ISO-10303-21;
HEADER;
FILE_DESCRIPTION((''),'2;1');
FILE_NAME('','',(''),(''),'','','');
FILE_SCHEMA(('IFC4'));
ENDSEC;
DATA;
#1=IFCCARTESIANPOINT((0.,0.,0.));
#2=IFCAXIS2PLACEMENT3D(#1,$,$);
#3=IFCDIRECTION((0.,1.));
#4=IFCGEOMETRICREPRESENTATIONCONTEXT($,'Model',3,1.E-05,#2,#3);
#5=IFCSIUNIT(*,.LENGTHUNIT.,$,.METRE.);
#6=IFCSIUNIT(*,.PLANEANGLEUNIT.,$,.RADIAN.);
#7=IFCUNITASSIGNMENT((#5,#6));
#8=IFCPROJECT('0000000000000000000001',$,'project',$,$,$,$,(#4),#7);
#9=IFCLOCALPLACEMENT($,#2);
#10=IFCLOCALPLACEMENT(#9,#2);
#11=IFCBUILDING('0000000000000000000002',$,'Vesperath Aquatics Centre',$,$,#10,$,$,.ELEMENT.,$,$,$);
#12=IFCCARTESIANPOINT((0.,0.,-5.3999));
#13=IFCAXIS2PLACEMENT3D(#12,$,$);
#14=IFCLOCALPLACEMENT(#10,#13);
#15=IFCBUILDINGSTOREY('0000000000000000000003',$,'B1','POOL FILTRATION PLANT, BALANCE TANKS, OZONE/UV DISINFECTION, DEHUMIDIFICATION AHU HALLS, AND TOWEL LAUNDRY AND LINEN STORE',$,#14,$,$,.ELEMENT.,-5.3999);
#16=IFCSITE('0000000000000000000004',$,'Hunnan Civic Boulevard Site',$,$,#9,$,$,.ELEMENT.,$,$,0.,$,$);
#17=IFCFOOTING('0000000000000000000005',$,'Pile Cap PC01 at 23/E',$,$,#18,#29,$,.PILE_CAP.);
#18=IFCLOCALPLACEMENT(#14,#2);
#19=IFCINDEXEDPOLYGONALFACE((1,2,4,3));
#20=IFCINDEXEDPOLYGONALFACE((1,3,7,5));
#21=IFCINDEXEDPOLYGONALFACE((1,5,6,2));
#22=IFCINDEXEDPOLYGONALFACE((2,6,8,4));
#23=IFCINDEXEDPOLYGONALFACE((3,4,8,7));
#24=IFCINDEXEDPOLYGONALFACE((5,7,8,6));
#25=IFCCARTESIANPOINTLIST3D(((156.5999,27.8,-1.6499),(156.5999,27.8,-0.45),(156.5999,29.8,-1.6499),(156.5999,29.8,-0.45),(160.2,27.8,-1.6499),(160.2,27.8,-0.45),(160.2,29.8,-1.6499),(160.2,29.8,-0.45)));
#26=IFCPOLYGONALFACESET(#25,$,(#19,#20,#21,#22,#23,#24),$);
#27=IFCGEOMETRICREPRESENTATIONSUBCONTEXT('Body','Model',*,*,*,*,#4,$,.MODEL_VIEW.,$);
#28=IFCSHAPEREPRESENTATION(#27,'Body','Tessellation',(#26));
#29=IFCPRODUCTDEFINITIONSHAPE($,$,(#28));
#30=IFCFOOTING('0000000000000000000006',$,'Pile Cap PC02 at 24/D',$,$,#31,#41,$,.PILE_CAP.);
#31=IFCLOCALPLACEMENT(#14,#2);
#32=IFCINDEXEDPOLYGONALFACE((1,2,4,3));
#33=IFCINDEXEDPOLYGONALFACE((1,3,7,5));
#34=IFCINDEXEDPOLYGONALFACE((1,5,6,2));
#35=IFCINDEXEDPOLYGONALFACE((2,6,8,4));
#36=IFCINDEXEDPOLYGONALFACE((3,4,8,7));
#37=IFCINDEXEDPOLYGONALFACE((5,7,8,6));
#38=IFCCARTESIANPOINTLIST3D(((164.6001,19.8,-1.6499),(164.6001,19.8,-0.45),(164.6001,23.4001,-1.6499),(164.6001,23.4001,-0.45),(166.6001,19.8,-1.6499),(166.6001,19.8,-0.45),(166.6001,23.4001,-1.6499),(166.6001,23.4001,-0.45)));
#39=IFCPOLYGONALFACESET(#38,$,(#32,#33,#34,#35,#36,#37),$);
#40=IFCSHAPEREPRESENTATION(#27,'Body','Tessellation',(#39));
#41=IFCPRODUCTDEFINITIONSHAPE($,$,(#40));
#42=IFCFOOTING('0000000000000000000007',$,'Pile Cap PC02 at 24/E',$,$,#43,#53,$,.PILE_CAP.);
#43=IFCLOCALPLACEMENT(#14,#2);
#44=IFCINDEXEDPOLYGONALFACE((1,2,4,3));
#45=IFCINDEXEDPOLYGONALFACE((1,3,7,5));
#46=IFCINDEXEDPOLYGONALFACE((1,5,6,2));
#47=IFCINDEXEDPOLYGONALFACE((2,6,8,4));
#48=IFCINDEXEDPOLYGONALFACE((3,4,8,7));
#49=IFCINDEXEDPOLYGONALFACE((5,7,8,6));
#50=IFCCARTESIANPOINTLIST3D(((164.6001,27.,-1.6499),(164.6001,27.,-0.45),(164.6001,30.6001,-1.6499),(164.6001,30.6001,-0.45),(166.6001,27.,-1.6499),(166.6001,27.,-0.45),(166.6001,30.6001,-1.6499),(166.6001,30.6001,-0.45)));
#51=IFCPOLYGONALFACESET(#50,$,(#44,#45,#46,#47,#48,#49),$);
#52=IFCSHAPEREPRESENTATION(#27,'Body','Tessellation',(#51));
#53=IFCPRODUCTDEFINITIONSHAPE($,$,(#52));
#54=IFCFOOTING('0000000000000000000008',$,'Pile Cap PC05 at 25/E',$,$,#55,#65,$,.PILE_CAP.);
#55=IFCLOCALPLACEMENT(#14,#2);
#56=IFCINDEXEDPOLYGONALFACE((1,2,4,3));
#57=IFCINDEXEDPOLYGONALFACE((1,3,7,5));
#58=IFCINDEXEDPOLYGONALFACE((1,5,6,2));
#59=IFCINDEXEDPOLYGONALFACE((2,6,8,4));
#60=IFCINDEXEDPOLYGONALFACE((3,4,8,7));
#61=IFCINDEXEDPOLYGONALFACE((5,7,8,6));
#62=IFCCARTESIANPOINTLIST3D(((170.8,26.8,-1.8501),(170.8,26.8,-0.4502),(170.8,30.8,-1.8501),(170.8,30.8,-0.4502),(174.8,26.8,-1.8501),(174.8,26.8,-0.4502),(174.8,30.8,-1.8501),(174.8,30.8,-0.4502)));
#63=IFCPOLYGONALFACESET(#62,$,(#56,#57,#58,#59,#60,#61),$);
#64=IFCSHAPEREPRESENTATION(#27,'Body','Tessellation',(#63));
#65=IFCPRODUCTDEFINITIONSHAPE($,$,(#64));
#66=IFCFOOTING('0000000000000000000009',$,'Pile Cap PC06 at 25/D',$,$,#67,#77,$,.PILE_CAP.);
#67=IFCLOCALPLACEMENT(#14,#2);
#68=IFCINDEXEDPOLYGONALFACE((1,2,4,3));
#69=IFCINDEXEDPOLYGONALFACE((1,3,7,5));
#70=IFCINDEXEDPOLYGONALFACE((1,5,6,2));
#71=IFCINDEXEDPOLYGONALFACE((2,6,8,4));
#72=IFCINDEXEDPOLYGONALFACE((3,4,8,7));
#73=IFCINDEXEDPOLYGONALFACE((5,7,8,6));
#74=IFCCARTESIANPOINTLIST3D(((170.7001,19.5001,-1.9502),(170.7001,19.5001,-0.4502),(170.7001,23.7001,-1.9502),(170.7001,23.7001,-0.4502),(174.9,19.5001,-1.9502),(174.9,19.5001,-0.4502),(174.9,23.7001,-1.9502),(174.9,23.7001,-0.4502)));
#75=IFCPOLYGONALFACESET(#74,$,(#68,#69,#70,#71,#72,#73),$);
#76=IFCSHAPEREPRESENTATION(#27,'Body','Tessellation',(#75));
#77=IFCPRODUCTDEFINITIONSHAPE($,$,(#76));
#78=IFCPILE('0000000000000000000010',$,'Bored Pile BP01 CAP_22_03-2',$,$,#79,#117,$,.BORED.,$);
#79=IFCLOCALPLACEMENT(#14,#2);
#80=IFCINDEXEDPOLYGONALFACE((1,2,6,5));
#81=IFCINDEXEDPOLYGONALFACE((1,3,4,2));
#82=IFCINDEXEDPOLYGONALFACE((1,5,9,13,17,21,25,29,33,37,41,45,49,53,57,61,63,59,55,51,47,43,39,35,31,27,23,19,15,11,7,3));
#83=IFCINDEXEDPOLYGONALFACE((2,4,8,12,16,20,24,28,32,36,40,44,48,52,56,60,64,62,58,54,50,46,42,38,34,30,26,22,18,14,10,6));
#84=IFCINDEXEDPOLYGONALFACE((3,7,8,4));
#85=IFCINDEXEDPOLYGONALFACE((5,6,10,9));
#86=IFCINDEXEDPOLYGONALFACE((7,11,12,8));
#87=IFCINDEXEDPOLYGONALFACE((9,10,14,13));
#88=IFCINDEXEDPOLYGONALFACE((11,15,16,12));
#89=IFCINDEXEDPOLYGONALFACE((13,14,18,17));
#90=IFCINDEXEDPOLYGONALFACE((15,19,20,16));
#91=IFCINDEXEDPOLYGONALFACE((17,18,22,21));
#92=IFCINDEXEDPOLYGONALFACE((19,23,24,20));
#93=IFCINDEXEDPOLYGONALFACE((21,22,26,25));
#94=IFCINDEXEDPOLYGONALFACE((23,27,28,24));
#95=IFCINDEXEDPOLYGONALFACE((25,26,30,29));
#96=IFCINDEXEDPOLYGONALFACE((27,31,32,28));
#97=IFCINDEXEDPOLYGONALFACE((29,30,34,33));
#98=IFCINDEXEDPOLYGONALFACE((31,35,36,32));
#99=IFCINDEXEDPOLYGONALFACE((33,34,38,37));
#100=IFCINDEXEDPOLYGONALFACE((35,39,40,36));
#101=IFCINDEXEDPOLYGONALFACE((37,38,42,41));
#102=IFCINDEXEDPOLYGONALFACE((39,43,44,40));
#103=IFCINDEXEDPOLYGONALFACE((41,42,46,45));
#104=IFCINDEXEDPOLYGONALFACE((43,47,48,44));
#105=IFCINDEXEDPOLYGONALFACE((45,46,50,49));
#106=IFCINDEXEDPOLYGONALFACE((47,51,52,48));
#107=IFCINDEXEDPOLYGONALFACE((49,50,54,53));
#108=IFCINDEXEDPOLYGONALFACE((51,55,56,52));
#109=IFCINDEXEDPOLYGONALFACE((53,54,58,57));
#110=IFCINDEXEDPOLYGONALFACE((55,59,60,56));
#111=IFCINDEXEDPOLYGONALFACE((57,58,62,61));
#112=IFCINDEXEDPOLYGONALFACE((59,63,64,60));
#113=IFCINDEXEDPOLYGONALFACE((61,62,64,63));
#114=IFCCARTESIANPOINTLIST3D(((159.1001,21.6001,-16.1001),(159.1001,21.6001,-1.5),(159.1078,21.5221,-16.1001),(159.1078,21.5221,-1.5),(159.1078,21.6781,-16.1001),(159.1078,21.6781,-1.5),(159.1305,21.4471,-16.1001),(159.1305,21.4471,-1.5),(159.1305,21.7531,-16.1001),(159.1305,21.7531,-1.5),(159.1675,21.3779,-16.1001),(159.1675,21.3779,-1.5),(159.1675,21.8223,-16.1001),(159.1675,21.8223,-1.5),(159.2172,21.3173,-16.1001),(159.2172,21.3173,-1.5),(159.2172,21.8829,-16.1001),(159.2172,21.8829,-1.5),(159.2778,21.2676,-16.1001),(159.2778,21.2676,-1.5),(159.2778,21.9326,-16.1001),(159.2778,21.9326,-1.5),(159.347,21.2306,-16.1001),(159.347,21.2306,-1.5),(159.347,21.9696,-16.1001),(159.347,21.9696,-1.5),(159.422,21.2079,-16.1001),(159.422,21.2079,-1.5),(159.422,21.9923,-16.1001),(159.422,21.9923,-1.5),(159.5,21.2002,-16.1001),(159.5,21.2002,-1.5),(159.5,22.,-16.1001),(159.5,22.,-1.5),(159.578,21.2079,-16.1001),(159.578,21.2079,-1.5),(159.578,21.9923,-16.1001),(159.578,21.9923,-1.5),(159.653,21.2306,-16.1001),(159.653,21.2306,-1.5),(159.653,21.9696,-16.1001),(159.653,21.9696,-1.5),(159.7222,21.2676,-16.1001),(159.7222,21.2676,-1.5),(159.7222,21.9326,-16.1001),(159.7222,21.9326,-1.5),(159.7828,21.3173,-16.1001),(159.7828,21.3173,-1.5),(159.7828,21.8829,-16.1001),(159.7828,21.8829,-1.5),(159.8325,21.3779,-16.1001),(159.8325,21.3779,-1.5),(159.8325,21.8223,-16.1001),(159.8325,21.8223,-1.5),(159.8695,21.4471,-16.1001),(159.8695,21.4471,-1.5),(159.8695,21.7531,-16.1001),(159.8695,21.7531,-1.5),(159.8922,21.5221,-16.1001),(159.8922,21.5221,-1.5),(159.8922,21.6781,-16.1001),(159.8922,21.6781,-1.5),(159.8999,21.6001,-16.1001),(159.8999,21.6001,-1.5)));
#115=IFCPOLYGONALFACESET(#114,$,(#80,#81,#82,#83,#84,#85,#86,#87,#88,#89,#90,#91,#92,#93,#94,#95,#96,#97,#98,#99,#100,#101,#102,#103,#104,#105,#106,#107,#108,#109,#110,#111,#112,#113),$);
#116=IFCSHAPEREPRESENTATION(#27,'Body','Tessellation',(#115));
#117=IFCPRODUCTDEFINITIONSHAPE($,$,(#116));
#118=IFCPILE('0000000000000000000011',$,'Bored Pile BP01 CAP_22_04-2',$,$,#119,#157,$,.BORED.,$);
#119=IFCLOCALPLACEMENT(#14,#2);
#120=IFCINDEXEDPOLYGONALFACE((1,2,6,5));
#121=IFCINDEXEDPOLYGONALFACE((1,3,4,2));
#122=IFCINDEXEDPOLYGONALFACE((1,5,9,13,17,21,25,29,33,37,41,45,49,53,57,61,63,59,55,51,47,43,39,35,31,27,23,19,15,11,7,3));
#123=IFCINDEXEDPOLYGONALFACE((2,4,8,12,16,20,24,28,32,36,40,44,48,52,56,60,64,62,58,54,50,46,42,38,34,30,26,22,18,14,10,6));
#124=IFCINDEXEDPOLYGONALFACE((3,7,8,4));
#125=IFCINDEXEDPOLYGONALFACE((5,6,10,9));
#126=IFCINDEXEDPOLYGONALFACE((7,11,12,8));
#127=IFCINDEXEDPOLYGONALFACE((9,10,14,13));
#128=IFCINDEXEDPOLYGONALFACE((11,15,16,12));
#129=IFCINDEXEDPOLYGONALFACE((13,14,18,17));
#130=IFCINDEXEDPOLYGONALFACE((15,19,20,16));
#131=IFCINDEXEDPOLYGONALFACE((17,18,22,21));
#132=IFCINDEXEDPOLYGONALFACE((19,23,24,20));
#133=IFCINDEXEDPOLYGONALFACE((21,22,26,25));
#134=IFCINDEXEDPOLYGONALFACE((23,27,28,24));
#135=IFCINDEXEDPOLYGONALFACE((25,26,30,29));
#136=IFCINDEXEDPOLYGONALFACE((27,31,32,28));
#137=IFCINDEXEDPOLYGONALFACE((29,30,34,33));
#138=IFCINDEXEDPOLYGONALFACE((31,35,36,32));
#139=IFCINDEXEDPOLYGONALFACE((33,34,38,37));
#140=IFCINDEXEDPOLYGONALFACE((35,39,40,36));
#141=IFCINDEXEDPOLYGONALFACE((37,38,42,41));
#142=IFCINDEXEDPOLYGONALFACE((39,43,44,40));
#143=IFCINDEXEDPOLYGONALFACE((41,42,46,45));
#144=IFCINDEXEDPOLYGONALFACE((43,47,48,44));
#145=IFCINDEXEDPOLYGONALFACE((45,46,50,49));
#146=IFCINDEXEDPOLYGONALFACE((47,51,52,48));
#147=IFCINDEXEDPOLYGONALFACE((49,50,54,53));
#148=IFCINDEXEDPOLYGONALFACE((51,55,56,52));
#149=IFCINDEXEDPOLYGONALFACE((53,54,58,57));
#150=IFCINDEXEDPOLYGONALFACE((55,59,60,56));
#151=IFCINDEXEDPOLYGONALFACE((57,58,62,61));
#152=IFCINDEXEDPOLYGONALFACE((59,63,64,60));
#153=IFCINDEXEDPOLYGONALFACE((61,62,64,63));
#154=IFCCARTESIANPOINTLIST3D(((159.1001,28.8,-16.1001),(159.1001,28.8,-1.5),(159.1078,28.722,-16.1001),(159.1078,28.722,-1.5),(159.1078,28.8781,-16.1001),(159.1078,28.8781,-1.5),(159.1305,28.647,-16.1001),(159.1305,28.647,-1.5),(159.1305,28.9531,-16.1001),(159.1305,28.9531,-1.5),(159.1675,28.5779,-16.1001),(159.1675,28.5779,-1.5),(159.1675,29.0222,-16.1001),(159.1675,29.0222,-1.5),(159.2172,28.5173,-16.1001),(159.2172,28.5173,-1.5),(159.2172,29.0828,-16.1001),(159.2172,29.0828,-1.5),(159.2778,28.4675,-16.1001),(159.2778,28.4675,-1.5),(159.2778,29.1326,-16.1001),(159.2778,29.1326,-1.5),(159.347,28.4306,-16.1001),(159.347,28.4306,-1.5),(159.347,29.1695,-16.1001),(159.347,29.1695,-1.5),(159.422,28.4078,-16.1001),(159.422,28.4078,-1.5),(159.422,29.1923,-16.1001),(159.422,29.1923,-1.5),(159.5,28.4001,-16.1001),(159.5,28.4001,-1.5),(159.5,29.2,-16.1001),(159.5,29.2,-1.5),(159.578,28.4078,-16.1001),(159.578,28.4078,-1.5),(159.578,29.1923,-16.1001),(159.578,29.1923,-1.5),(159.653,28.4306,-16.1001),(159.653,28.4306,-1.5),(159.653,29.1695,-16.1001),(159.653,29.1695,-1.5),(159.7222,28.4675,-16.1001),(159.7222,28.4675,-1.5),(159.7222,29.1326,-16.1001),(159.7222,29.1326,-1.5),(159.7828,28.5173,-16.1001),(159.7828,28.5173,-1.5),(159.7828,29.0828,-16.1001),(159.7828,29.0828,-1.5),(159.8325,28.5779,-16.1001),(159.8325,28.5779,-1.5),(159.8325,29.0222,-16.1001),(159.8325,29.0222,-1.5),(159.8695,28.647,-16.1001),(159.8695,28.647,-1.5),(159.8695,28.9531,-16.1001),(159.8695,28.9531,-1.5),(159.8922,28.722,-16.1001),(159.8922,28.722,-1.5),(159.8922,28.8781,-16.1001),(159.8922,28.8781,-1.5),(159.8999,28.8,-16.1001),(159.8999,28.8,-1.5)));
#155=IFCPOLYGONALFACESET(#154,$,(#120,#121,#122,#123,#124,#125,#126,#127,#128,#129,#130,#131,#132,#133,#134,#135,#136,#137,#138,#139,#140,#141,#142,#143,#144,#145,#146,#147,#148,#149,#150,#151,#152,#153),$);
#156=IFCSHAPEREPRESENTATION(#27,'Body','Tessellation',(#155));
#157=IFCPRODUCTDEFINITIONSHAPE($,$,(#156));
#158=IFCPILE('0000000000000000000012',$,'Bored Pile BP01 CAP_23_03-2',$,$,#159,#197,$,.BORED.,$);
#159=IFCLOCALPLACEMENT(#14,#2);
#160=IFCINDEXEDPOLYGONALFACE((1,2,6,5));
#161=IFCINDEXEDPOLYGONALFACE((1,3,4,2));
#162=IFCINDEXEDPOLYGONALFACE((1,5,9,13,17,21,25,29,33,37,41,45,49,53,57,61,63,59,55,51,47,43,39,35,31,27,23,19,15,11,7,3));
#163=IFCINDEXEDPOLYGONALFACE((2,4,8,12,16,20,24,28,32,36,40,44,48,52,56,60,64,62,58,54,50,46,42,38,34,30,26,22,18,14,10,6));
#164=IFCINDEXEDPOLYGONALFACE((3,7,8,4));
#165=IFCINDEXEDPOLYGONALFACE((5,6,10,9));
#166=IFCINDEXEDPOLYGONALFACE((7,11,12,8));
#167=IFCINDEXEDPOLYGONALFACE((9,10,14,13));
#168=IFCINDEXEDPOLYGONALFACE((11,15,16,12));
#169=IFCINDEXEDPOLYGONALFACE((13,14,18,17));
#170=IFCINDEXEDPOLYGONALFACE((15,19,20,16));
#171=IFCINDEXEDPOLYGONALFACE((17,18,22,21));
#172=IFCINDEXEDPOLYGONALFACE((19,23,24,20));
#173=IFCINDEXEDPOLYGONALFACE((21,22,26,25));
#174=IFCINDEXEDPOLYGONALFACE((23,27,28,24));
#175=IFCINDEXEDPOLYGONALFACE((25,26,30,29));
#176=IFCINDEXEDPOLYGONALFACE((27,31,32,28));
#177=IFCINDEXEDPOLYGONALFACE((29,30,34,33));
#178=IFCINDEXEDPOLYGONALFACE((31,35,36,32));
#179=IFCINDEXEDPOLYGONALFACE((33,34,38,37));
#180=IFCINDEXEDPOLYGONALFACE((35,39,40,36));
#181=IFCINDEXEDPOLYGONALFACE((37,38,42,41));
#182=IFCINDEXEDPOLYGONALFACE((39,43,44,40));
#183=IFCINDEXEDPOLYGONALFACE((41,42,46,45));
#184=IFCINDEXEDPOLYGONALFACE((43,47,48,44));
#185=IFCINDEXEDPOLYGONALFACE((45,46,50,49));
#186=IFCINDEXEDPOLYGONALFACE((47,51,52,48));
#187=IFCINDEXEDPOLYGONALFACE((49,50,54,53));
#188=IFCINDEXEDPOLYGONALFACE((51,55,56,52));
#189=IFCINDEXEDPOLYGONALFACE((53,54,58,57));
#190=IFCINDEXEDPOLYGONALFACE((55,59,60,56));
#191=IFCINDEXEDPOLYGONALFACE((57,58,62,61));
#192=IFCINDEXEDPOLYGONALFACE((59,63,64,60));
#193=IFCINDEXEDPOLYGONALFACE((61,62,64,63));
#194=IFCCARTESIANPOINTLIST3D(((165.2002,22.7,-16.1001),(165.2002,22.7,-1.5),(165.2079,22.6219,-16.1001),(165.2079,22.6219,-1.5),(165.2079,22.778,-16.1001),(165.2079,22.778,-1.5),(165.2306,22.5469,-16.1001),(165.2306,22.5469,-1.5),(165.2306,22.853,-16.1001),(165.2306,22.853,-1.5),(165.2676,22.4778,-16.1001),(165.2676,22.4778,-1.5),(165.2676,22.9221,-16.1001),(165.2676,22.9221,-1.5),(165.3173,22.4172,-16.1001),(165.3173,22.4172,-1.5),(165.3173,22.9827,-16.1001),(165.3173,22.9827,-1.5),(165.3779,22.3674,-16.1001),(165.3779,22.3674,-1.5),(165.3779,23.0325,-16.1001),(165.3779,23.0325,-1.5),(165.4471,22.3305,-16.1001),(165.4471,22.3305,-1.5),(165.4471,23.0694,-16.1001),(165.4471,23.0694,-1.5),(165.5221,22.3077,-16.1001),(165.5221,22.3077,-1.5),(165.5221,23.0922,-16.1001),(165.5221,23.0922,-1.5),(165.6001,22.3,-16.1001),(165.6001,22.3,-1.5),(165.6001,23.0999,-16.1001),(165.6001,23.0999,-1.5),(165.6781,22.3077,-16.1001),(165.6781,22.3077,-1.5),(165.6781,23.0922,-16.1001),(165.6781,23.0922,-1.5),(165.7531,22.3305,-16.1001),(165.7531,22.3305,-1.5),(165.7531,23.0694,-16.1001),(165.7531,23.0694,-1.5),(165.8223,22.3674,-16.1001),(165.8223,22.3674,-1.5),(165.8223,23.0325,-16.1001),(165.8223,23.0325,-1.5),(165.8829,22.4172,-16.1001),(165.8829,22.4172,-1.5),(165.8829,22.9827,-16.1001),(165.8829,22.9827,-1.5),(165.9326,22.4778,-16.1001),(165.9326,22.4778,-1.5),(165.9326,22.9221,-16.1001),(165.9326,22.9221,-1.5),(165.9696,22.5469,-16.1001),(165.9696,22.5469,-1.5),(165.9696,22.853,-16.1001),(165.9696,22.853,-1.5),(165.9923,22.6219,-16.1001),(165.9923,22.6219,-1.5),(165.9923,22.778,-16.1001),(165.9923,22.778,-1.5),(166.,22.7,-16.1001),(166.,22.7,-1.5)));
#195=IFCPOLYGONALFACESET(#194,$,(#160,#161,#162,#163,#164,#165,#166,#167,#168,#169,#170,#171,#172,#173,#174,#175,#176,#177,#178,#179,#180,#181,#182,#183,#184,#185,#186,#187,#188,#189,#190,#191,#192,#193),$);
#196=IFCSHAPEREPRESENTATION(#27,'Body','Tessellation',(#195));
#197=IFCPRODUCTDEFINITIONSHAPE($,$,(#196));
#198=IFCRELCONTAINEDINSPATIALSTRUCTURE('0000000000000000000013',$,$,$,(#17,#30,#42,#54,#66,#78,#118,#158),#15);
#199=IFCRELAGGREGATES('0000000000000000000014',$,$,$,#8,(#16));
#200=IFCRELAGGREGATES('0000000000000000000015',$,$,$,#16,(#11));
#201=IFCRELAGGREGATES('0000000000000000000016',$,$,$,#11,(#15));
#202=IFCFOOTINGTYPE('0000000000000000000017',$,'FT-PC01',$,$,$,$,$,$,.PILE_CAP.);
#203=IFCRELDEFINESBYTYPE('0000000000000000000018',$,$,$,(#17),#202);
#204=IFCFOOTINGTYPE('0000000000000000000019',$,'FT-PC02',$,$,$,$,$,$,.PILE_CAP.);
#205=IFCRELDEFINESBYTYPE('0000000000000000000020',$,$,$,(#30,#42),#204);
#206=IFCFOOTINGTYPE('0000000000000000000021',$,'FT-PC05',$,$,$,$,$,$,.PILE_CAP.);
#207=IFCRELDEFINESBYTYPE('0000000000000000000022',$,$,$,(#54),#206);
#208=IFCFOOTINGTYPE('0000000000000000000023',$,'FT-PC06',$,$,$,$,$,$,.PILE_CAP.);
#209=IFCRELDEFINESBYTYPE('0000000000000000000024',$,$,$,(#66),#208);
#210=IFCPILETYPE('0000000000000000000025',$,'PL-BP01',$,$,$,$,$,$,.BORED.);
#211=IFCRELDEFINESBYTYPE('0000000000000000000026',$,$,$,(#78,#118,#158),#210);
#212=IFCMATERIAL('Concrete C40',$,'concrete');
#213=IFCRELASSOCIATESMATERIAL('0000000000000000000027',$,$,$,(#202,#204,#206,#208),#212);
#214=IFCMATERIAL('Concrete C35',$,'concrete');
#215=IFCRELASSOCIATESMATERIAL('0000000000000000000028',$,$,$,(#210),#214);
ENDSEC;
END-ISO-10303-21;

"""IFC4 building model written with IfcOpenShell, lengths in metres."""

from ifc_helpers import new_model, si_unit, direction, frame, origin, origin_2d, place, context, subcontext, project, spatial, rectangle, circle, extrude, material, material_profile, profile_set, type_object, element, save


model = new_model("IFC4")

# Units and contexts
model_context = context("Model", 3, precision=1e-05, world=origin(), true_north=direction((0.0, 1.0)))
body_context = subcontext(model_context, "Body", "Model", "MODEL_VIEW")
ifc_project = project(units=[si_unit("LENGTHUNIT", "METRE"), si_unit("PLANEANGLEUNIT", "RADIAN")], contexts=[model_context])

# Site, building, storey
site_placement = place(None, origin())
site = spatial("IfcSite", under=ifc_project, at=site_placement, Name="Hunnan Civic Boulevard Site", CompositionType="ELEMENT", RefElevation=0.0)
building_placement = place(site_placement, origin())
building = spatial("IfcBuilding", under=site, at=building_placement, Name="Vesperath Aquatics Centre", CompositionType="ELEMENT")
storey_placement = place(building_placement, frame((0.0, 0.0, -5.3999)))
storey = spatial("IfcBuildingStorey", under=building, at=storey_placement, Name="B1", Description="POOL FILTRATION PLANT, BALANCE TANKS, OZONE/UV DISINFECTION, DEHUMIDIFICATION AHU HALLS, AND TOWEL LAUNDRY AND LINEN STORE", CompositionType="ELEMENT", Elevation=-5.3999)

# Footings
ifc_material_1 = material(Name="Concrete C40", Category="concrete")
footing_type_1 = type_object("IfcFootingType", Name="FT-PC01", PredefinedType="PILE_CAP", material=ifc_material_1)
footing_1_placement = place(storey_placement, frame((158.3999, 28.8, -1.6499), z_axis=(0.0, 0.0, 1.0), x_axis=(1.0, 0.0, 0.0)))
element("IfcFooting", 1, at=footing_1_placement, inside=storey, type_object=footing_type_1, Name="Pile Cap PC01 at 23/E", PredefinedType="PILE_CAP", context=body_context, shape_type="SweptSolid", body=[
    extrude(rectangle(XDim=3.6001, YDim=2.0, at=origin_2d()), origin(), (0.0, 0.0, 1.0), 1.2),
])
footing_type_2 = type_object("IfcFootingType", Name="FT-PC02", PredefinedType="PILE_CAP", material=ifc_material_1)
for number, where, z_axis, x_axis, name in (
    (2, (165.6001, 21.6001, -1.6499), (0.0, 0.0, 1.0), (1.0, 0.0, 0.0), "Pile Cap PC02 at 24/D"),
    (3, (165.6001, 28.8, -1.6499), (0.0, 0.0, 1.0), (1.0, 0.0, 0.0), "Pile Cap PC02 at 24/E"),
):
    element("IfcFooting", number, at=place(storey_placement, frame(where, z_axis=z_axis, x_axis=x_axis)), inside=storey, type_object=footing_type_2, Name=name, PredefinedType="PILE_CAP", context=body_context, shape_type="SweptSolid", body=[
        extrude(rectangle(XDim=2.0, YDim=3.6001, at=origin_2d()), origin(), (0.0, 0.0, 1.0), 1.2),
    ])
footing_type_3 = type_object("IfcFootingType", Name="FT-PC05", PredefinedType="PILE_CAP", material=ifc_material_1)
footing_2_placement = place(storey_placement, frame((172.8, 28.8, -1.8501), z_axis=(0.0, 0.0, 1.0), x_axis=(1.0, 0.0, 0.0)))
element("IfcFooting", 4, at=footing_2_placement, inside=storey, type_object=footing_type_3, Name="Pile Cap PC05 at 25/E", PredefinedType="PILE_CAP", context=body_context, shape_type="SweptSolid", body=[
    extrude(rectangle(XDim=4.0, YDim=4.0, at=origin_2d()), origin(), (0.0, 0.0, 1.0), 1.3999),
])
footing_type_4 = type_object("IfcFootingType", Name="FT-PC06", PredefinedType="PILE_CAP", material=ifc_material_1)
footing_3_placement = place(storey_placement, frame((172.8, 21.6001, -1.9502), z_axis=(0.0, 0.0, 1.0), x_axis=(1.0, 0.0, 0.0)))
element("IfcFooting", 5, at=footing_3_placement, inside=storey, type_object=footing_type_4, Name="Pile Cap PC06 at 25/D", PredefinedType="PILE_CAP", context=body_context, shape_type="SweptSolid", body=[
    extrude(rectangle(XDim=4.2, YDim=4.2, at=origin_2d()), origin(), (0.0, 0.0, 1.0), 1.5),
])

# Piles
ifc_material_2 = material(Name="Concrete C35", Category="concrete")
ifc_material_profile_1 = material_profile(ifc_material_2, circle(Radius=0.3999, at=origin_2d()), Name="PILE D800")
ifc_profile_set_1 = profile_set([ifc_material_profile_1], Name="Concrete C35")
pile_type = type_object("IfcPileType", Name="PL-BP01", PredefinedType="BORED", material=ifc_profile_set_1)
for number, where, z_axis, x_axis, name in (
    (6, (159.5, 21.6001, -1.5), (0.0, 0.0, -1.0), (1.0, 0.0, 0.0), "Bored Pile BP01 CAP_22_03-2"),
    (7, (159.5, 28.8, -1.5), (0.0, 0.0, -1.0), (1.0, 0.0, 0.0), "Bored Pile BP01 CAP_22_04-2"),
    (8, (165.6001, 22.7, -1.5), (0.0, 0.0, -1.0), (1.0, 0.0, 0.0), "Bored Pile BP01 CAP_23_03-2"),
):
    element("IfcPile", number, at=place(storey_placement, frame(where, z_axis=z_axis, x_axis=x_axis)), inside=storey, type_object=pile_type, Name=name, PredefinedType="BORED", context=body_context, shape_type="SweptSolid", body=[
        extrude(circle(Radius=0.3999, at=origin_2d()), origin(), (0.0, 0.0, 1.0), 14.6001),
    ])

save(model, "model.ifc")
